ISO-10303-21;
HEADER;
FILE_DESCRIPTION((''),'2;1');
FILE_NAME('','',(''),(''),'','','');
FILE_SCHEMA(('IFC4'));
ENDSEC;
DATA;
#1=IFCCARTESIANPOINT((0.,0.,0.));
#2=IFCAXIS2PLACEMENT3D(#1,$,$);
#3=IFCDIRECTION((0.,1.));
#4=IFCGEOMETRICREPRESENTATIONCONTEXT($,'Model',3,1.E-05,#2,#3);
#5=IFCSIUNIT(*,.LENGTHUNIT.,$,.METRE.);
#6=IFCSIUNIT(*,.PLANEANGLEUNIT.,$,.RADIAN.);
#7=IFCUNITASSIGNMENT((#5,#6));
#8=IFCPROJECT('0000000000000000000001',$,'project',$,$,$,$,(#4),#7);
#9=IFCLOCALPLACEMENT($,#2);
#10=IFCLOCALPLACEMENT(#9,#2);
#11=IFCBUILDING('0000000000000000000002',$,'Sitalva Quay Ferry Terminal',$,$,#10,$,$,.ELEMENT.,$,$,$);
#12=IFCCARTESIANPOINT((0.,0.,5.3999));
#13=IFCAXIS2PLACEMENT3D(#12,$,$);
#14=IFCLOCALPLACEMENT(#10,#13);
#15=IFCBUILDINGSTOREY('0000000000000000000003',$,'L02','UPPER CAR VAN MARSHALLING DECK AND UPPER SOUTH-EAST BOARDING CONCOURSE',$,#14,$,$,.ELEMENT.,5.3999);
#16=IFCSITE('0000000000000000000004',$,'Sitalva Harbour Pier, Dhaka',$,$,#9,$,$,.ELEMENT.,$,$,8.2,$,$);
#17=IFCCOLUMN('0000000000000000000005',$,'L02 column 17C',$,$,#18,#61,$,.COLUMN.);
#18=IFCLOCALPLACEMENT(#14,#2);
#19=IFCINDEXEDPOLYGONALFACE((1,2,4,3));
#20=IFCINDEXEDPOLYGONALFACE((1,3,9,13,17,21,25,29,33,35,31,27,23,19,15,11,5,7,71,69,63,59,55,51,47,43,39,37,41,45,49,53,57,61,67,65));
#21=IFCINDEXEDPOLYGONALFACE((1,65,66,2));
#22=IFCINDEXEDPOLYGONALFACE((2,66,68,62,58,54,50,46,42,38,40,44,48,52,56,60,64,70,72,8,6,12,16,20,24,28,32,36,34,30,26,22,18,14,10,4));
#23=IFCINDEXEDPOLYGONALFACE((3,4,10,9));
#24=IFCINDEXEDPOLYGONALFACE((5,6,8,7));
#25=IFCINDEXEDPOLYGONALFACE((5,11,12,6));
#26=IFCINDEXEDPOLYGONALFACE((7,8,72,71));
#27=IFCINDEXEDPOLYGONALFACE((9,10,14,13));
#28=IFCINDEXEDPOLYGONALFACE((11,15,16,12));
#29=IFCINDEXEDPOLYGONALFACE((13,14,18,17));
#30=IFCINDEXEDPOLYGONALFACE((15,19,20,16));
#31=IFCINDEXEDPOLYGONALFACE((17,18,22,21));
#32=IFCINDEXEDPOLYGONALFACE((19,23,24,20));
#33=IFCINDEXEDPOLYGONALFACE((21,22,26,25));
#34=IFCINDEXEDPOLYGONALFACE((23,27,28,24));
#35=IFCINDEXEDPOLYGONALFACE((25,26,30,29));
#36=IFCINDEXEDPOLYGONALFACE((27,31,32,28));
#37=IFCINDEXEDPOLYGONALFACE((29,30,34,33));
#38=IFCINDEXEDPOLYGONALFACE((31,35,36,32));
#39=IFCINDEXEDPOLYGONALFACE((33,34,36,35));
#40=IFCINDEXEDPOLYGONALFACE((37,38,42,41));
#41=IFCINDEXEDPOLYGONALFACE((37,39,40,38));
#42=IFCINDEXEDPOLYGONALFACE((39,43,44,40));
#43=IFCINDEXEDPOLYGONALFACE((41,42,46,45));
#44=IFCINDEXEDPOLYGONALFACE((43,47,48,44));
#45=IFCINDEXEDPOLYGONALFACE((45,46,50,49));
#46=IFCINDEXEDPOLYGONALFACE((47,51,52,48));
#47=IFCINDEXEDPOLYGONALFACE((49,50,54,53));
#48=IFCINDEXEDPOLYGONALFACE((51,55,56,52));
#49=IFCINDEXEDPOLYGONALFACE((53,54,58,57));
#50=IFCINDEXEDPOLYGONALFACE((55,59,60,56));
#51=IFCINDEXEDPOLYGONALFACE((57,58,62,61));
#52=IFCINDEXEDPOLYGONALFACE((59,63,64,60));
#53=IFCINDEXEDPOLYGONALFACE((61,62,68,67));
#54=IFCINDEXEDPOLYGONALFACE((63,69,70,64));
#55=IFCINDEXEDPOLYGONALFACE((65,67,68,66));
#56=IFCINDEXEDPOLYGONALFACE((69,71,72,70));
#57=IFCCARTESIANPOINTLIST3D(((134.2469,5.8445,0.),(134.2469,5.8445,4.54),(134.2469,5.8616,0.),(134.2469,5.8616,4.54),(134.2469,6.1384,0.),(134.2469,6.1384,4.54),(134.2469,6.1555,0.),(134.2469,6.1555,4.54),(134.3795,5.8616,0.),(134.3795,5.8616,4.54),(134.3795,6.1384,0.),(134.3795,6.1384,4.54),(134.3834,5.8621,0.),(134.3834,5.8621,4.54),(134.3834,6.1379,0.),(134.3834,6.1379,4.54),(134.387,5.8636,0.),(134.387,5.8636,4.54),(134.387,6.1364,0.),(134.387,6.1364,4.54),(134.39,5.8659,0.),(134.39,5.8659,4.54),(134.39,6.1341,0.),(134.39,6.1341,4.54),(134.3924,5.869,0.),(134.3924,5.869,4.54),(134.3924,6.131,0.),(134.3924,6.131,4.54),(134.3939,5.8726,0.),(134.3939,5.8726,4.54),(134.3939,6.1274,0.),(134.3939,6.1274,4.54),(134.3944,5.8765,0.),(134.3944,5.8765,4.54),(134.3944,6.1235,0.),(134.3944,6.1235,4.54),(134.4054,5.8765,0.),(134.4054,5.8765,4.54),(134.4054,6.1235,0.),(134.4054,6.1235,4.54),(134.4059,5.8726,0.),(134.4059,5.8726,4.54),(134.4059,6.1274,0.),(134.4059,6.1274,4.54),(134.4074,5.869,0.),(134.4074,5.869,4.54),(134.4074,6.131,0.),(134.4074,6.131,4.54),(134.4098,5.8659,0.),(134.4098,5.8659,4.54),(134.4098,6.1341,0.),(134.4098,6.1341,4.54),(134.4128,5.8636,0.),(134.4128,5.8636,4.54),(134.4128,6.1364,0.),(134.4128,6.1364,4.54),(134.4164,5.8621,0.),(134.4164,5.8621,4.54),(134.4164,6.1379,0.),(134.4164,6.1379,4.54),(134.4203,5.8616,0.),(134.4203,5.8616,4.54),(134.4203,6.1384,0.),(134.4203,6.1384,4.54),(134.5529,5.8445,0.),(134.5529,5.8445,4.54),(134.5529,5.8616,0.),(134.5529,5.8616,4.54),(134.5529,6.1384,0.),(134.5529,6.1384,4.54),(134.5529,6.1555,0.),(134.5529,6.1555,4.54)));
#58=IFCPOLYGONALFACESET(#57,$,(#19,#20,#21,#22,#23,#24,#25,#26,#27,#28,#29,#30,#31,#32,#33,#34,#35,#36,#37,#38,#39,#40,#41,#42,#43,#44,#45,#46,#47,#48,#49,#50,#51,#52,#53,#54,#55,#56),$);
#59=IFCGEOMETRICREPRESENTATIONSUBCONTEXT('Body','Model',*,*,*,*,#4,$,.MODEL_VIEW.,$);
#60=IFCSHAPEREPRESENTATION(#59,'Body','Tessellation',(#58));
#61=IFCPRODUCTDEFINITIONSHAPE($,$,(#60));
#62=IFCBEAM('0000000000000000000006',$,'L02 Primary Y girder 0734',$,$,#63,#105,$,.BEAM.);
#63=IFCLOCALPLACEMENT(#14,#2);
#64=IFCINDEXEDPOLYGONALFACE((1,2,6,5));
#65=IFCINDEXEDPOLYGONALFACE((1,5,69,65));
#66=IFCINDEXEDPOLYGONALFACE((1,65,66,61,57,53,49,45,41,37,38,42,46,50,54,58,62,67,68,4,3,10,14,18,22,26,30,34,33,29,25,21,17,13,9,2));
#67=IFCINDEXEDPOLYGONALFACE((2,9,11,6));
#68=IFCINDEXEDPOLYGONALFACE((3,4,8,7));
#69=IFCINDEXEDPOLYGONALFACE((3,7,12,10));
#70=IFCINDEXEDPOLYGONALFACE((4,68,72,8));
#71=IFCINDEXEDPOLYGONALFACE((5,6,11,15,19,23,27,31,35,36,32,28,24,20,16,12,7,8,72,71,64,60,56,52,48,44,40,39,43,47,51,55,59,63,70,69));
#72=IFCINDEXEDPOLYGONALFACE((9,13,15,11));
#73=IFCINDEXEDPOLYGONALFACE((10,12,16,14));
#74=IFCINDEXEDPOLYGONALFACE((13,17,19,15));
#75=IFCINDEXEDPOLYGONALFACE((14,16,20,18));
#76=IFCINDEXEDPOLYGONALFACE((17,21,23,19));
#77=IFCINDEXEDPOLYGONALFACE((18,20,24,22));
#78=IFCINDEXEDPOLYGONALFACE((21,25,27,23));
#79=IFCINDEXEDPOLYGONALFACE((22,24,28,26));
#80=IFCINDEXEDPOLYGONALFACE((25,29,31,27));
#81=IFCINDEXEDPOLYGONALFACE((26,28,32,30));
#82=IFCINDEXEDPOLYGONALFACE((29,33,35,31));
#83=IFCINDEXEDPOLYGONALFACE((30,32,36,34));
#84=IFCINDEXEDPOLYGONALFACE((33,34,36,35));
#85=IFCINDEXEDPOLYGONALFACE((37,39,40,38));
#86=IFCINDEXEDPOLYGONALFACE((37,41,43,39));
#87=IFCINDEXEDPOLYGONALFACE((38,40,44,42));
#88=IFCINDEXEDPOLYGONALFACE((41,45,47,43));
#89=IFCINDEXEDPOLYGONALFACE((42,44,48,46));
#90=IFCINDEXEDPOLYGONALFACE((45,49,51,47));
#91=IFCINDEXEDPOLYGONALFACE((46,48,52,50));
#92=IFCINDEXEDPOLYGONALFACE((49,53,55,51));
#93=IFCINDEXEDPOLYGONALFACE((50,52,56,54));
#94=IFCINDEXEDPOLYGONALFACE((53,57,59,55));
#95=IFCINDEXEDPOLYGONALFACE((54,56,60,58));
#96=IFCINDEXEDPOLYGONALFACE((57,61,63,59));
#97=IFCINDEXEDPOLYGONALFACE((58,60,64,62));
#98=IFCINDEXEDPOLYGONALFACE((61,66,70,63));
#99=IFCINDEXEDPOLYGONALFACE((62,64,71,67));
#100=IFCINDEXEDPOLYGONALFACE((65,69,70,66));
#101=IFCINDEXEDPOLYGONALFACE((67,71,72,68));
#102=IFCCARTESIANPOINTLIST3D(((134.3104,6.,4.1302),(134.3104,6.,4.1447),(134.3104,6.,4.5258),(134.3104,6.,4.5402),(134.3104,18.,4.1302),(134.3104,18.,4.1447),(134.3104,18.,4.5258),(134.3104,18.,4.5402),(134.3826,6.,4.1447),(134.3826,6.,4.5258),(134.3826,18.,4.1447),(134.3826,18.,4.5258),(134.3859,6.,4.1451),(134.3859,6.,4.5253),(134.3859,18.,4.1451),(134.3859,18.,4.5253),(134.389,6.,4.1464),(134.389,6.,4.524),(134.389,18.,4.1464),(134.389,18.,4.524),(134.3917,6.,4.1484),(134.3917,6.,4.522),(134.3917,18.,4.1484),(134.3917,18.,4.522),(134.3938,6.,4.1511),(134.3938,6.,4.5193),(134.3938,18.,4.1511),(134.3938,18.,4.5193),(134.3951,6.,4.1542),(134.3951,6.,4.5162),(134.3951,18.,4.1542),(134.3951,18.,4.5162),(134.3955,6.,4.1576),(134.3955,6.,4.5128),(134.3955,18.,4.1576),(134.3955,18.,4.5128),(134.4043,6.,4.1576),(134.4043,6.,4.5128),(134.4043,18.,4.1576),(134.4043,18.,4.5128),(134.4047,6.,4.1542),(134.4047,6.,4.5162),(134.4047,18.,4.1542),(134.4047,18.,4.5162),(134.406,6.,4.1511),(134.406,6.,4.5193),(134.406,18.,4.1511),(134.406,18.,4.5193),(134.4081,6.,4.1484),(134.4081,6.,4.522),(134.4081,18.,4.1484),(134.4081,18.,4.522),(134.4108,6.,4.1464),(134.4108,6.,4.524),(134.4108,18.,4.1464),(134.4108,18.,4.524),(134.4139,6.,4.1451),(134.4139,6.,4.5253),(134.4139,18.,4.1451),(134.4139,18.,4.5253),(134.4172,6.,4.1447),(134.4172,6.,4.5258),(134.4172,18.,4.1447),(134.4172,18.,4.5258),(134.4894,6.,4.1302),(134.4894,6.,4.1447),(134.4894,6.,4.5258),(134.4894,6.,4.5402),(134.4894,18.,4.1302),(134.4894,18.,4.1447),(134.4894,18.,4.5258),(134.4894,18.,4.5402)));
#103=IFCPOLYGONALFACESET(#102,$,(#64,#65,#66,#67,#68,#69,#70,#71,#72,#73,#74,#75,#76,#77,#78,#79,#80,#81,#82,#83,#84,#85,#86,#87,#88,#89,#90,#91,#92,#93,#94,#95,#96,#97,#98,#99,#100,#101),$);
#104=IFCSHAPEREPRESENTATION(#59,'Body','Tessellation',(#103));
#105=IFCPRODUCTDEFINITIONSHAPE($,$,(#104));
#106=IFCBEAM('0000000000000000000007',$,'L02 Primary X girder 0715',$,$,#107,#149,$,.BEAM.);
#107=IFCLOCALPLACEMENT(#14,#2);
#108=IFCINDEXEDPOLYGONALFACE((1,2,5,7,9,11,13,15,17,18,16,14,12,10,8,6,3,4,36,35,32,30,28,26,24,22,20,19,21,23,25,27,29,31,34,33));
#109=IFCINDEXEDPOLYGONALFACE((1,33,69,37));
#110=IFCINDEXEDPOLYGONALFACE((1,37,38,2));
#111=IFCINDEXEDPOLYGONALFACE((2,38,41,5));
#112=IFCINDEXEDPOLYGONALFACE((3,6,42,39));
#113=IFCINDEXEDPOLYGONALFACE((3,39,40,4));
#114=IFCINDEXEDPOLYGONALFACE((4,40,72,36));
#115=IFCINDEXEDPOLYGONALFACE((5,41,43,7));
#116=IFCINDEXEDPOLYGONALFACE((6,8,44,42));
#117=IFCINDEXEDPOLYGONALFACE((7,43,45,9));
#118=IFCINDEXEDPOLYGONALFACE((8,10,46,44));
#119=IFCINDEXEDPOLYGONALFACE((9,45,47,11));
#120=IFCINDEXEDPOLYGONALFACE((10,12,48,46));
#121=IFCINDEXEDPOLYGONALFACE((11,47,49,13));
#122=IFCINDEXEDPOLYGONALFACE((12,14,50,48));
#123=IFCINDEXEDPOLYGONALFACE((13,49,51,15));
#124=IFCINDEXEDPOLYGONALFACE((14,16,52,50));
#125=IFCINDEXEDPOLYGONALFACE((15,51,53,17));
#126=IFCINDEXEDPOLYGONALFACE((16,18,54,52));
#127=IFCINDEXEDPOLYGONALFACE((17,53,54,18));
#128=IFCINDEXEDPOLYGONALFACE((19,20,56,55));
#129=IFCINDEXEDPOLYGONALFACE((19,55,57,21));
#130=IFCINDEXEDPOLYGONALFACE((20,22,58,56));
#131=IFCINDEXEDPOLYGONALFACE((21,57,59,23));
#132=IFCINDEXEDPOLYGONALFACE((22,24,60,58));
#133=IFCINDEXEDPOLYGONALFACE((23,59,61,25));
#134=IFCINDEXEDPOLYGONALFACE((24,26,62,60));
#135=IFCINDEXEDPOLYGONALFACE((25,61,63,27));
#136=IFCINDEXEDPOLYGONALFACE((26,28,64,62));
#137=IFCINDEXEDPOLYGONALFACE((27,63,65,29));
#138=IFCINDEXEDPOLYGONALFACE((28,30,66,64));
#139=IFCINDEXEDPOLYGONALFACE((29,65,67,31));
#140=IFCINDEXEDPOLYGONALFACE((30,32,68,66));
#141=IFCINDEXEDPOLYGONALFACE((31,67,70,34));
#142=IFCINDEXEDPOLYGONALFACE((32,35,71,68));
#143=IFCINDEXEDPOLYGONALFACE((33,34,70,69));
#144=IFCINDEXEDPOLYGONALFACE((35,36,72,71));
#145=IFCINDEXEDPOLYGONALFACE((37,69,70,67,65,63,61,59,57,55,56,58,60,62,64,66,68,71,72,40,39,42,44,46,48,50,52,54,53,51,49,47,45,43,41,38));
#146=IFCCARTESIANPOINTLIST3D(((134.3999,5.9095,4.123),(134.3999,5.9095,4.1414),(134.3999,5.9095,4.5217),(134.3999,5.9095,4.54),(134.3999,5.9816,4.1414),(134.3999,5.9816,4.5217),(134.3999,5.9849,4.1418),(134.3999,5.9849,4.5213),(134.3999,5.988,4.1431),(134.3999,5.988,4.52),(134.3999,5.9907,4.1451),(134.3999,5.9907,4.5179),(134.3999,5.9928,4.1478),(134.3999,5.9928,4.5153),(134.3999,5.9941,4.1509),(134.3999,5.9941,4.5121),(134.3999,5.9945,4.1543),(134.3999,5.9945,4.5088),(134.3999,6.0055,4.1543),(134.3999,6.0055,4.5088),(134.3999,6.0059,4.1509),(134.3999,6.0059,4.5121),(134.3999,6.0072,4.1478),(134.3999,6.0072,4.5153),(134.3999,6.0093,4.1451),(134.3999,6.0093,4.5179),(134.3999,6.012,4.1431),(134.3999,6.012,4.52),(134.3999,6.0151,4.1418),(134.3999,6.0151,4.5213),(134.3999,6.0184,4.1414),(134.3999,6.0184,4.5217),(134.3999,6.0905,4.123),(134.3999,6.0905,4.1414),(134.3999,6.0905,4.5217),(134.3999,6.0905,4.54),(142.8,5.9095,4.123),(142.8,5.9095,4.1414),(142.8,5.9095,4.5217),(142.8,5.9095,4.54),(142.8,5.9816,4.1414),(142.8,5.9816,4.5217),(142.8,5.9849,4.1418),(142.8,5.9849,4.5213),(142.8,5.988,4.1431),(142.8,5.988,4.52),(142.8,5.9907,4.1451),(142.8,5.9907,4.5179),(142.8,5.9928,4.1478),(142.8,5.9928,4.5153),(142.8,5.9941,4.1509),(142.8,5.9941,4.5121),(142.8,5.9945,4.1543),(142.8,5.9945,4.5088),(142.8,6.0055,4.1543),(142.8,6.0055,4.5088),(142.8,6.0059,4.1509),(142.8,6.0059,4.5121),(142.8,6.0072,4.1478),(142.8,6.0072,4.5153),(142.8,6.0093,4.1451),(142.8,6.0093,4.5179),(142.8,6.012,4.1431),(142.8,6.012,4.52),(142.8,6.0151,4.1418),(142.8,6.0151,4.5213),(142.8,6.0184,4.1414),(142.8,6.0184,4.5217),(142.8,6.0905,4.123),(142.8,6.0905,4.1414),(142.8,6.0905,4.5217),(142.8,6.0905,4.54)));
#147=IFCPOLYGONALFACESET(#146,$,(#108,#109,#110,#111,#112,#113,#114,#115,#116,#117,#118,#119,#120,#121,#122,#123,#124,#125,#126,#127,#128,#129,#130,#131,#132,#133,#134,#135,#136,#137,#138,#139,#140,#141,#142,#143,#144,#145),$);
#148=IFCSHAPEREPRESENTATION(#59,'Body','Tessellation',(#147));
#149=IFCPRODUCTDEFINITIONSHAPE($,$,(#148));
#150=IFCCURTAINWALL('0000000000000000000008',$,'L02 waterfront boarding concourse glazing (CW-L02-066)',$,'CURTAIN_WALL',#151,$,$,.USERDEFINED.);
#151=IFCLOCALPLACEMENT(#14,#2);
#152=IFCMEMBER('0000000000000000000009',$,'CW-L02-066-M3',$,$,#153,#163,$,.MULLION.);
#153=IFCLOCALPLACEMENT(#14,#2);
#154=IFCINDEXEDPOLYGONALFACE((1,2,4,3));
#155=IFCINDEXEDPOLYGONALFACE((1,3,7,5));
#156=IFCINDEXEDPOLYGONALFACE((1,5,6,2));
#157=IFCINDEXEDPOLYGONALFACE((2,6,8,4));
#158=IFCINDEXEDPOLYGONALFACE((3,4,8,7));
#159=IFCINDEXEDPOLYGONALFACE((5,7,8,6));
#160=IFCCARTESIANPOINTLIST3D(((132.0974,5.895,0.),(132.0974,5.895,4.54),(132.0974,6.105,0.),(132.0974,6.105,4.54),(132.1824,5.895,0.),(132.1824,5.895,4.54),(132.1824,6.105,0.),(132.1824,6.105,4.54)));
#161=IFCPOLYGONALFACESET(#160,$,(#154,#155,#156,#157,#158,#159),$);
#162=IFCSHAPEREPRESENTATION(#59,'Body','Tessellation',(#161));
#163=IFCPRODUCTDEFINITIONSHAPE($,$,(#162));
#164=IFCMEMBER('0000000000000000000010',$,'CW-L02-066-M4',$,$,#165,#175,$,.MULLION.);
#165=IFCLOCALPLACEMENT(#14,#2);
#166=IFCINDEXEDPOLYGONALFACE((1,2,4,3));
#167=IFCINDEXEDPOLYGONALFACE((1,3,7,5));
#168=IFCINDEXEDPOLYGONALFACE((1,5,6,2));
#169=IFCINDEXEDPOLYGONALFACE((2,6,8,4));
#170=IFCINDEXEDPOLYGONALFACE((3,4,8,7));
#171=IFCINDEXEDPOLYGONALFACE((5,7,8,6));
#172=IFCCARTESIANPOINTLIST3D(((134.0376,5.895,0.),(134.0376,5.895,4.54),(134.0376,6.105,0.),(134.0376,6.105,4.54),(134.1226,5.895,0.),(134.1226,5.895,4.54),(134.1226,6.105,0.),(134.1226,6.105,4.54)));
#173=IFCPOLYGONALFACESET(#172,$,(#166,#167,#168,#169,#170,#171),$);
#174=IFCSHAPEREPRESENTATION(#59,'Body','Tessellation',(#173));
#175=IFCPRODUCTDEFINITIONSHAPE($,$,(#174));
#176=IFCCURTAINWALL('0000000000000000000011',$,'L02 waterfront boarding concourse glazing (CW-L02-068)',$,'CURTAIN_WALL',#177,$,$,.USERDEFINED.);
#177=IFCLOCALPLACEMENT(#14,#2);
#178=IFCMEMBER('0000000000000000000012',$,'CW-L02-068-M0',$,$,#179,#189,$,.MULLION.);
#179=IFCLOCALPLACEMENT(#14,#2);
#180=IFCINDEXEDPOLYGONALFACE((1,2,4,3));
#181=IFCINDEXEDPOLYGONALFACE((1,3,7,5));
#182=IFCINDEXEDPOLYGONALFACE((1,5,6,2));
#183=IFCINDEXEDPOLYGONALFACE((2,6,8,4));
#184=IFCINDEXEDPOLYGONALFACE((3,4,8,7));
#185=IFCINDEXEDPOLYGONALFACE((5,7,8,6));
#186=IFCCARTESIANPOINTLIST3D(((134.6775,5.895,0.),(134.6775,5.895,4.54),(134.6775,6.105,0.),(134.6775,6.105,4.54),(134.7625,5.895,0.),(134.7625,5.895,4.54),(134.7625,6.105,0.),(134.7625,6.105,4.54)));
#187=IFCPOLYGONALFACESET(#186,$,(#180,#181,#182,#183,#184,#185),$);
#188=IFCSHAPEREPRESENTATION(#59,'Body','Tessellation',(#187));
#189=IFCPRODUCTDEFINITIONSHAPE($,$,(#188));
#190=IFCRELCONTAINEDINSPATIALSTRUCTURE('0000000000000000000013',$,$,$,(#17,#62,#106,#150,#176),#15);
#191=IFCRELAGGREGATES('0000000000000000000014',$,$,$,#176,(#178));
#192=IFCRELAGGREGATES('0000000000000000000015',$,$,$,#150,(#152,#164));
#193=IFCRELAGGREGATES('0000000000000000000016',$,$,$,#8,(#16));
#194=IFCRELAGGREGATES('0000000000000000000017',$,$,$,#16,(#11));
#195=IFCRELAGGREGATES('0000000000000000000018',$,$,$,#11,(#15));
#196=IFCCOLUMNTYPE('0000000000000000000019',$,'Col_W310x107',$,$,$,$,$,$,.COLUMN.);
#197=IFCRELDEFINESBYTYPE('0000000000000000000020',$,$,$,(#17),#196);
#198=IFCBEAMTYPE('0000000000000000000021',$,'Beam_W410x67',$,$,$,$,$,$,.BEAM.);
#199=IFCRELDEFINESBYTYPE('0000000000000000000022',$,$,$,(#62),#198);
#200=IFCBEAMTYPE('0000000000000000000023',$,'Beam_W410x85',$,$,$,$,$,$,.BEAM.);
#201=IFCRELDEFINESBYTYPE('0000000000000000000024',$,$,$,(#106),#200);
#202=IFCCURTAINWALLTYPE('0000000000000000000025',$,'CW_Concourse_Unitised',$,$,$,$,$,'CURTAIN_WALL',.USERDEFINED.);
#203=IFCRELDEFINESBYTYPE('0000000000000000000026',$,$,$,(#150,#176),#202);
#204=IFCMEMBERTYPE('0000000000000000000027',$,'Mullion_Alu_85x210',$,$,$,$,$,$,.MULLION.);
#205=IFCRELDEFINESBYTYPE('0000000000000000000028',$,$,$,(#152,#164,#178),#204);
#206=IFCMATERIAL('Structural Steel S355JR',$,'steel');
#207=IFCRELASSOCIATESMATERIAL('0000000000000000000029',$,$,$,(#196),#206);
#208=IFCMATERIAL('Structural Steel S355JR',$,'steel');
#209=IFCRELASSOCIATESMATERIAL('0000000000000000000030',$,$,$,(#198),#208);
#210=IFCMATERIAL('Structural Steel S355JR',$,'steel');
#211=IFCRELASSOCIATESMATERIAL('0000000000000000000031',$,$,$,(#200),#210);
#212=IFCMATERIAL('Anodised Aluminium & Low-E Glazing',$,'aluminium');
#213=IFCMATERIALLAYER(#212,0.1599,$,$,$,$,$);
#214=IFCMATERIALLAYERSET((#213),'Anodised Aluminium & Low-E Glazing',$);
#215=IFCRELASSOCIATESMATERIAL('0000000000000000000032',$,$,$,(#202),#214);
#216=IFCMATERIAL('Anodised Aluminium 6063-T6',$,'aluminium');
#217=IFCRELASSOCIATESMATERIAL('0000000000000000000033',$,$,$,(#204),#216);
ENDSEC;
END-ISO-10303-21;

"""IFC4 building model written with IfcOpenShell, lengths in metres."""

from ifc_helpers import new_model, si_unit, direction, frame, origin, origin_2d, place, context, subcontext, project, spatial, rectangle, i_section, extrude, material, layer, layer_set, material_profile, profile_set, type_object, element, aggregate, save


model = new_model("IFC4")

# Units and contexts
model_context = context("Model", 3, precision=1e-05, world=origin(), true_north=direction((0.0, 1.0)))
body_context = subcontext(model_context, "Body", "Model", "MODEL_VIEW")
ifc_project = project(units=[si_unit("LENGTHUNIT", "METRE"), si_unit("PLANEANGLEUNIT", "RADIAN")], contexts=[model_context])

# Site, building, storey
site_placement = place(None, origin())
site = spatial("IfcSite", under=ifc_project, at=site_placement, Name="Sitalva Harbour Pier, Dhaka", CompositionType="ELEMENT", RefElevation=8.2)
building_placement = place(site_placement, origin())
building = spatial("IfcBuilding", under=site, at=building_placement, Name="Sitalva Quay Ferry Terminal", CompositionType="ELEMENT")
storey_placement = place(building_placement, frame((0.0, 0.0, 5.3999)))
storey = spatial("IfcBuildingStorey", under=building, at=storey_placement, Name="L02", Description="UPPER CAR VAN MARSHALLING DECK AND UPPER SOUTH-EAST BOARDING CONCOURSE", CompositionType="ELEMENT", Elevation=5.3999)

# Column
ifc_material_1 = material(Name="Structural Steel S355JR", Category="steel")
ifc_material_profile_1 = material_profile(ifc_material_1, i_section(OverallWidth=0.3059, OverallDepth=0.311, WebThickness=0.011, FlangeThickness=0.0171, FilletRadius=0.0149, at=origin_2d()), Name="W310x107")
ifc_profile_set_1 = profile_set([ifc_material_profile_1], Name="Structural Steel S355JR")
column_type = type_object("IfcColumnType", Name="Col_W310x107", PredefinedType="COLUMN", material=ifc_profile_set_1)
column_placement = place(storey_placement, frame((134.3999, 6.0, 0.0), z_axis=(0.0, 0.0, 1.0), x_axis=(1.0, 0.0, 0.0)))
element("IfcColumn", 1, at=column_placement, inside=storey, type_object=column_type, Name="L02 column 17C", PredefinedType="COLUMN", context=body_context, shape_type="SweptSolid", body=[
    extrude(i_section(OverallWidth=0.3059, OverallDepth=0.311, WebThickness=0.011, FlangeThickness=0.0171, FilletRadius=0.0149, at=origin_2d()), origin(), (0.0, 0.0, 1.0), 4.54),
])

# Beams
ifc_material_2 = material(Name="Structural Steel S355JR", Category="steel")
ifc_material_profile_2 = material_profile(ifc_material_2, i_section(OverallWidth=0.179, OverallDepth=0.4099, WebThickness=0.0088, FlangeThickness=0.0144, FilletRadius=0.0129, at=origin_2d()), Name="W410x67")
ifc_profile_set_2 = profile_set([ifc_material_profile_2], Name="Structural Steel S355JR")
beam_type_1 = type_object("IfcBeamType", Name="Beam_W410x67", PredefinedType="BEAM", material=ifc_profile_set_2)
beam_1_placement = place(storey_placement, frame((134.3999, 6.0, 4.3352), z_axis=(0.0, 1.0, 0.0), x_axis=(-1.0, 0.0, 0.0)))
element("IfcBeam", 2, at=beam_1_placement, inside=storey, type_object=beam_type_1, Name="L02 Primary Y girder 0734", PredefinedType="BEAM", context=body_context, shape_type="SweptSolid", body=[
    extrude(i_section(OverallWidth=0.179, OverallDepth=0.4099, WebThickness=0.0088, FlangeThickness=0.0144, FilletRadius=0.0129, at=origin_2d()), origin(), (0.0, 0.0, 1.0), 12.0),
])
ifc_material_3 = material(Name="Structural Steel S355JR", Category="steel")
ifc_material_profile_3 = material_profile(ifc_material_3, i_section(OverallWidth=0.1809, OverallDepth=0.417, WebThickness=0.011, FlangeThickness=0.0183, FilletRadius=0.0129, at=origin_2d()), Name="W410x85")
ifc_profile_set_3 = profile_set([ifc_material_profile_3], Name="Structural Steel S355JR")
beam_type_2 = type_object("IfcBeamType", Name="Beam_W410x85", PredefinedType="BEAM", material=ifc_profile_set_3)
beam_2_placement = place(storey_placement, frame((134.3999, 6.0, 4.3315), z_axis=(1.0, 0.0, 0.0), x_axis=(0.0, 1.0, 0.0)))
element("IfcBeam", 3, at=beam_2_placement, inside=storey, type_object=beam_type_2, Name="L02 Primary X girder 0715", PredefinedType="BEAM", context=body_context, shape_type="SweptSolid", body=[
    extrude(i_section(OverallWidth=0.1809, OverallDepth=0.417, WebThickness=0.011, FlangeThickness=0.0183, FilletRadius=0.0129, at=origin_2d()), origin(), (0.0, 0.0, 1.0), 8.4001),
])

# Curtain wall, members
ifc_material_4 = material(Name="Anodised Aluminium & Low-E Glazing", Category="aluminium")
ifc_layer_1 = layer(ifc_material_4, 0.1599)
ifc_layer_set_1 = layer_set([ifc_layer_1], Name="Anodised Aluminium & Low-E Glazing")
curtain_wall_type = type_object("IfcCurtainWallType", Name="CW_Concourse_Unitised", ElementType="CURTAIN_WALL", PredefinedType="USERDEFINED", material=ifc_layer_set_1)
curtain_wall_1_placement = place(storey_placement, origin())
curtain_wall_1 = element("IfcCurtainWall", 4, at=curtain_wall_1_placement, inside=storey, type_object=curtain_wall_type, Name="L02 waterfront boarding concourse glazing (CW-L02-066)", ObjectType="CURTAIN_WALL", PredefinedType="USERDEFINED")
ifc_material_5 = material(Name="Anodised Aluminium 6063-T6", Category="aluminium")
ifc_material_profile_4 = material_profile(ifc_material_5, rectangle(XDim=0.085, YDim=0.21, at=origin_2d()), Name="ALU85x210")
ifc_profile_set_4 = profile_set([ifc_material_profile_4], Name="Anodised Aluminium 6063-T6")
member_type_1 = type_object("IfcMemberType", Name="Mullion_Alu_85x210", PredefinedType="MULLION", material=ifc_profile_set_4)
member_1_placement = place(storey_placement, frame((132.1399, 6.0, 0.0), z_axis=(0.0, 0.0, 1.0), x_axis=(1.0, 0.0, 0.0)))
member_1 = element("IfcMember", 5, at=member_1_placement, type_object=member_type_1, Name="CW-L02-066-M3", PredefinedType="MULLION", context=body_context, shape_type="SweptSolid", body=[
    extrude(rectangle(XDim=0.085, YDim=0.21, at=origin_2d()), origin(), (0.0, 0.0, 1.0), 4.54),
])
member_2_placement = place(storey_placement, frame((134.0801, 6.0, 0.0), z_axis=(0.0, 0.0, 1.0), x_axis=(1.0, 0.0, 0.0)))
member_2 = element("IfcMember", 6, at=member_2_placement, type_object=member_type_1, Name="CW-L02-066-M4", PredefinedType="MULLION", context=body_context, shape_type="SweptSolid", body=[
    extrude(rectangle(XDim=0.085, YDim=0.21, at=origin_2d()), origin(), (0.0, 0.0, 1.0), 4.54),
])

# Curtain wall, member
curtain_wall_2_placement = place(storey_placement, origin())
curtain_wall_2 = element("IfcCurtainWall", 7, at=curtain_wall_2_placement, inside=storey, type_object=curtain_wall_type, Name="L02 waterfront boarding concourse glazing (CW-L02-068)", ObjectType="CURTAIN_WALL", PredefinedType="USERDEFINED")
member_3_placement = place(storey_placement, frame((134.72, 6.0, 0.0), z_axis=(0.0, 0.0, 1.0), x_axis=(1.0, 0.0, 0.0)))
member_3 = element("IfcMember", 8, at=member_3_placement, type_object=member_type_1, Name="CW-L02-068-M0", PredefinedType="MULLION", context=body_context, shape_type="SweptSolid", body=[
    extrude(rectangle(XDim=0.085, YDim=0.21, at=origin_2d()), origin(), (0.0, 0.0, 1.0), 4.54),
])

aggregate(curtain_wall_2, [member_3])
aggregate(curtain_wall_1, [member_1, member_2])

save(model, "model.ifc")
